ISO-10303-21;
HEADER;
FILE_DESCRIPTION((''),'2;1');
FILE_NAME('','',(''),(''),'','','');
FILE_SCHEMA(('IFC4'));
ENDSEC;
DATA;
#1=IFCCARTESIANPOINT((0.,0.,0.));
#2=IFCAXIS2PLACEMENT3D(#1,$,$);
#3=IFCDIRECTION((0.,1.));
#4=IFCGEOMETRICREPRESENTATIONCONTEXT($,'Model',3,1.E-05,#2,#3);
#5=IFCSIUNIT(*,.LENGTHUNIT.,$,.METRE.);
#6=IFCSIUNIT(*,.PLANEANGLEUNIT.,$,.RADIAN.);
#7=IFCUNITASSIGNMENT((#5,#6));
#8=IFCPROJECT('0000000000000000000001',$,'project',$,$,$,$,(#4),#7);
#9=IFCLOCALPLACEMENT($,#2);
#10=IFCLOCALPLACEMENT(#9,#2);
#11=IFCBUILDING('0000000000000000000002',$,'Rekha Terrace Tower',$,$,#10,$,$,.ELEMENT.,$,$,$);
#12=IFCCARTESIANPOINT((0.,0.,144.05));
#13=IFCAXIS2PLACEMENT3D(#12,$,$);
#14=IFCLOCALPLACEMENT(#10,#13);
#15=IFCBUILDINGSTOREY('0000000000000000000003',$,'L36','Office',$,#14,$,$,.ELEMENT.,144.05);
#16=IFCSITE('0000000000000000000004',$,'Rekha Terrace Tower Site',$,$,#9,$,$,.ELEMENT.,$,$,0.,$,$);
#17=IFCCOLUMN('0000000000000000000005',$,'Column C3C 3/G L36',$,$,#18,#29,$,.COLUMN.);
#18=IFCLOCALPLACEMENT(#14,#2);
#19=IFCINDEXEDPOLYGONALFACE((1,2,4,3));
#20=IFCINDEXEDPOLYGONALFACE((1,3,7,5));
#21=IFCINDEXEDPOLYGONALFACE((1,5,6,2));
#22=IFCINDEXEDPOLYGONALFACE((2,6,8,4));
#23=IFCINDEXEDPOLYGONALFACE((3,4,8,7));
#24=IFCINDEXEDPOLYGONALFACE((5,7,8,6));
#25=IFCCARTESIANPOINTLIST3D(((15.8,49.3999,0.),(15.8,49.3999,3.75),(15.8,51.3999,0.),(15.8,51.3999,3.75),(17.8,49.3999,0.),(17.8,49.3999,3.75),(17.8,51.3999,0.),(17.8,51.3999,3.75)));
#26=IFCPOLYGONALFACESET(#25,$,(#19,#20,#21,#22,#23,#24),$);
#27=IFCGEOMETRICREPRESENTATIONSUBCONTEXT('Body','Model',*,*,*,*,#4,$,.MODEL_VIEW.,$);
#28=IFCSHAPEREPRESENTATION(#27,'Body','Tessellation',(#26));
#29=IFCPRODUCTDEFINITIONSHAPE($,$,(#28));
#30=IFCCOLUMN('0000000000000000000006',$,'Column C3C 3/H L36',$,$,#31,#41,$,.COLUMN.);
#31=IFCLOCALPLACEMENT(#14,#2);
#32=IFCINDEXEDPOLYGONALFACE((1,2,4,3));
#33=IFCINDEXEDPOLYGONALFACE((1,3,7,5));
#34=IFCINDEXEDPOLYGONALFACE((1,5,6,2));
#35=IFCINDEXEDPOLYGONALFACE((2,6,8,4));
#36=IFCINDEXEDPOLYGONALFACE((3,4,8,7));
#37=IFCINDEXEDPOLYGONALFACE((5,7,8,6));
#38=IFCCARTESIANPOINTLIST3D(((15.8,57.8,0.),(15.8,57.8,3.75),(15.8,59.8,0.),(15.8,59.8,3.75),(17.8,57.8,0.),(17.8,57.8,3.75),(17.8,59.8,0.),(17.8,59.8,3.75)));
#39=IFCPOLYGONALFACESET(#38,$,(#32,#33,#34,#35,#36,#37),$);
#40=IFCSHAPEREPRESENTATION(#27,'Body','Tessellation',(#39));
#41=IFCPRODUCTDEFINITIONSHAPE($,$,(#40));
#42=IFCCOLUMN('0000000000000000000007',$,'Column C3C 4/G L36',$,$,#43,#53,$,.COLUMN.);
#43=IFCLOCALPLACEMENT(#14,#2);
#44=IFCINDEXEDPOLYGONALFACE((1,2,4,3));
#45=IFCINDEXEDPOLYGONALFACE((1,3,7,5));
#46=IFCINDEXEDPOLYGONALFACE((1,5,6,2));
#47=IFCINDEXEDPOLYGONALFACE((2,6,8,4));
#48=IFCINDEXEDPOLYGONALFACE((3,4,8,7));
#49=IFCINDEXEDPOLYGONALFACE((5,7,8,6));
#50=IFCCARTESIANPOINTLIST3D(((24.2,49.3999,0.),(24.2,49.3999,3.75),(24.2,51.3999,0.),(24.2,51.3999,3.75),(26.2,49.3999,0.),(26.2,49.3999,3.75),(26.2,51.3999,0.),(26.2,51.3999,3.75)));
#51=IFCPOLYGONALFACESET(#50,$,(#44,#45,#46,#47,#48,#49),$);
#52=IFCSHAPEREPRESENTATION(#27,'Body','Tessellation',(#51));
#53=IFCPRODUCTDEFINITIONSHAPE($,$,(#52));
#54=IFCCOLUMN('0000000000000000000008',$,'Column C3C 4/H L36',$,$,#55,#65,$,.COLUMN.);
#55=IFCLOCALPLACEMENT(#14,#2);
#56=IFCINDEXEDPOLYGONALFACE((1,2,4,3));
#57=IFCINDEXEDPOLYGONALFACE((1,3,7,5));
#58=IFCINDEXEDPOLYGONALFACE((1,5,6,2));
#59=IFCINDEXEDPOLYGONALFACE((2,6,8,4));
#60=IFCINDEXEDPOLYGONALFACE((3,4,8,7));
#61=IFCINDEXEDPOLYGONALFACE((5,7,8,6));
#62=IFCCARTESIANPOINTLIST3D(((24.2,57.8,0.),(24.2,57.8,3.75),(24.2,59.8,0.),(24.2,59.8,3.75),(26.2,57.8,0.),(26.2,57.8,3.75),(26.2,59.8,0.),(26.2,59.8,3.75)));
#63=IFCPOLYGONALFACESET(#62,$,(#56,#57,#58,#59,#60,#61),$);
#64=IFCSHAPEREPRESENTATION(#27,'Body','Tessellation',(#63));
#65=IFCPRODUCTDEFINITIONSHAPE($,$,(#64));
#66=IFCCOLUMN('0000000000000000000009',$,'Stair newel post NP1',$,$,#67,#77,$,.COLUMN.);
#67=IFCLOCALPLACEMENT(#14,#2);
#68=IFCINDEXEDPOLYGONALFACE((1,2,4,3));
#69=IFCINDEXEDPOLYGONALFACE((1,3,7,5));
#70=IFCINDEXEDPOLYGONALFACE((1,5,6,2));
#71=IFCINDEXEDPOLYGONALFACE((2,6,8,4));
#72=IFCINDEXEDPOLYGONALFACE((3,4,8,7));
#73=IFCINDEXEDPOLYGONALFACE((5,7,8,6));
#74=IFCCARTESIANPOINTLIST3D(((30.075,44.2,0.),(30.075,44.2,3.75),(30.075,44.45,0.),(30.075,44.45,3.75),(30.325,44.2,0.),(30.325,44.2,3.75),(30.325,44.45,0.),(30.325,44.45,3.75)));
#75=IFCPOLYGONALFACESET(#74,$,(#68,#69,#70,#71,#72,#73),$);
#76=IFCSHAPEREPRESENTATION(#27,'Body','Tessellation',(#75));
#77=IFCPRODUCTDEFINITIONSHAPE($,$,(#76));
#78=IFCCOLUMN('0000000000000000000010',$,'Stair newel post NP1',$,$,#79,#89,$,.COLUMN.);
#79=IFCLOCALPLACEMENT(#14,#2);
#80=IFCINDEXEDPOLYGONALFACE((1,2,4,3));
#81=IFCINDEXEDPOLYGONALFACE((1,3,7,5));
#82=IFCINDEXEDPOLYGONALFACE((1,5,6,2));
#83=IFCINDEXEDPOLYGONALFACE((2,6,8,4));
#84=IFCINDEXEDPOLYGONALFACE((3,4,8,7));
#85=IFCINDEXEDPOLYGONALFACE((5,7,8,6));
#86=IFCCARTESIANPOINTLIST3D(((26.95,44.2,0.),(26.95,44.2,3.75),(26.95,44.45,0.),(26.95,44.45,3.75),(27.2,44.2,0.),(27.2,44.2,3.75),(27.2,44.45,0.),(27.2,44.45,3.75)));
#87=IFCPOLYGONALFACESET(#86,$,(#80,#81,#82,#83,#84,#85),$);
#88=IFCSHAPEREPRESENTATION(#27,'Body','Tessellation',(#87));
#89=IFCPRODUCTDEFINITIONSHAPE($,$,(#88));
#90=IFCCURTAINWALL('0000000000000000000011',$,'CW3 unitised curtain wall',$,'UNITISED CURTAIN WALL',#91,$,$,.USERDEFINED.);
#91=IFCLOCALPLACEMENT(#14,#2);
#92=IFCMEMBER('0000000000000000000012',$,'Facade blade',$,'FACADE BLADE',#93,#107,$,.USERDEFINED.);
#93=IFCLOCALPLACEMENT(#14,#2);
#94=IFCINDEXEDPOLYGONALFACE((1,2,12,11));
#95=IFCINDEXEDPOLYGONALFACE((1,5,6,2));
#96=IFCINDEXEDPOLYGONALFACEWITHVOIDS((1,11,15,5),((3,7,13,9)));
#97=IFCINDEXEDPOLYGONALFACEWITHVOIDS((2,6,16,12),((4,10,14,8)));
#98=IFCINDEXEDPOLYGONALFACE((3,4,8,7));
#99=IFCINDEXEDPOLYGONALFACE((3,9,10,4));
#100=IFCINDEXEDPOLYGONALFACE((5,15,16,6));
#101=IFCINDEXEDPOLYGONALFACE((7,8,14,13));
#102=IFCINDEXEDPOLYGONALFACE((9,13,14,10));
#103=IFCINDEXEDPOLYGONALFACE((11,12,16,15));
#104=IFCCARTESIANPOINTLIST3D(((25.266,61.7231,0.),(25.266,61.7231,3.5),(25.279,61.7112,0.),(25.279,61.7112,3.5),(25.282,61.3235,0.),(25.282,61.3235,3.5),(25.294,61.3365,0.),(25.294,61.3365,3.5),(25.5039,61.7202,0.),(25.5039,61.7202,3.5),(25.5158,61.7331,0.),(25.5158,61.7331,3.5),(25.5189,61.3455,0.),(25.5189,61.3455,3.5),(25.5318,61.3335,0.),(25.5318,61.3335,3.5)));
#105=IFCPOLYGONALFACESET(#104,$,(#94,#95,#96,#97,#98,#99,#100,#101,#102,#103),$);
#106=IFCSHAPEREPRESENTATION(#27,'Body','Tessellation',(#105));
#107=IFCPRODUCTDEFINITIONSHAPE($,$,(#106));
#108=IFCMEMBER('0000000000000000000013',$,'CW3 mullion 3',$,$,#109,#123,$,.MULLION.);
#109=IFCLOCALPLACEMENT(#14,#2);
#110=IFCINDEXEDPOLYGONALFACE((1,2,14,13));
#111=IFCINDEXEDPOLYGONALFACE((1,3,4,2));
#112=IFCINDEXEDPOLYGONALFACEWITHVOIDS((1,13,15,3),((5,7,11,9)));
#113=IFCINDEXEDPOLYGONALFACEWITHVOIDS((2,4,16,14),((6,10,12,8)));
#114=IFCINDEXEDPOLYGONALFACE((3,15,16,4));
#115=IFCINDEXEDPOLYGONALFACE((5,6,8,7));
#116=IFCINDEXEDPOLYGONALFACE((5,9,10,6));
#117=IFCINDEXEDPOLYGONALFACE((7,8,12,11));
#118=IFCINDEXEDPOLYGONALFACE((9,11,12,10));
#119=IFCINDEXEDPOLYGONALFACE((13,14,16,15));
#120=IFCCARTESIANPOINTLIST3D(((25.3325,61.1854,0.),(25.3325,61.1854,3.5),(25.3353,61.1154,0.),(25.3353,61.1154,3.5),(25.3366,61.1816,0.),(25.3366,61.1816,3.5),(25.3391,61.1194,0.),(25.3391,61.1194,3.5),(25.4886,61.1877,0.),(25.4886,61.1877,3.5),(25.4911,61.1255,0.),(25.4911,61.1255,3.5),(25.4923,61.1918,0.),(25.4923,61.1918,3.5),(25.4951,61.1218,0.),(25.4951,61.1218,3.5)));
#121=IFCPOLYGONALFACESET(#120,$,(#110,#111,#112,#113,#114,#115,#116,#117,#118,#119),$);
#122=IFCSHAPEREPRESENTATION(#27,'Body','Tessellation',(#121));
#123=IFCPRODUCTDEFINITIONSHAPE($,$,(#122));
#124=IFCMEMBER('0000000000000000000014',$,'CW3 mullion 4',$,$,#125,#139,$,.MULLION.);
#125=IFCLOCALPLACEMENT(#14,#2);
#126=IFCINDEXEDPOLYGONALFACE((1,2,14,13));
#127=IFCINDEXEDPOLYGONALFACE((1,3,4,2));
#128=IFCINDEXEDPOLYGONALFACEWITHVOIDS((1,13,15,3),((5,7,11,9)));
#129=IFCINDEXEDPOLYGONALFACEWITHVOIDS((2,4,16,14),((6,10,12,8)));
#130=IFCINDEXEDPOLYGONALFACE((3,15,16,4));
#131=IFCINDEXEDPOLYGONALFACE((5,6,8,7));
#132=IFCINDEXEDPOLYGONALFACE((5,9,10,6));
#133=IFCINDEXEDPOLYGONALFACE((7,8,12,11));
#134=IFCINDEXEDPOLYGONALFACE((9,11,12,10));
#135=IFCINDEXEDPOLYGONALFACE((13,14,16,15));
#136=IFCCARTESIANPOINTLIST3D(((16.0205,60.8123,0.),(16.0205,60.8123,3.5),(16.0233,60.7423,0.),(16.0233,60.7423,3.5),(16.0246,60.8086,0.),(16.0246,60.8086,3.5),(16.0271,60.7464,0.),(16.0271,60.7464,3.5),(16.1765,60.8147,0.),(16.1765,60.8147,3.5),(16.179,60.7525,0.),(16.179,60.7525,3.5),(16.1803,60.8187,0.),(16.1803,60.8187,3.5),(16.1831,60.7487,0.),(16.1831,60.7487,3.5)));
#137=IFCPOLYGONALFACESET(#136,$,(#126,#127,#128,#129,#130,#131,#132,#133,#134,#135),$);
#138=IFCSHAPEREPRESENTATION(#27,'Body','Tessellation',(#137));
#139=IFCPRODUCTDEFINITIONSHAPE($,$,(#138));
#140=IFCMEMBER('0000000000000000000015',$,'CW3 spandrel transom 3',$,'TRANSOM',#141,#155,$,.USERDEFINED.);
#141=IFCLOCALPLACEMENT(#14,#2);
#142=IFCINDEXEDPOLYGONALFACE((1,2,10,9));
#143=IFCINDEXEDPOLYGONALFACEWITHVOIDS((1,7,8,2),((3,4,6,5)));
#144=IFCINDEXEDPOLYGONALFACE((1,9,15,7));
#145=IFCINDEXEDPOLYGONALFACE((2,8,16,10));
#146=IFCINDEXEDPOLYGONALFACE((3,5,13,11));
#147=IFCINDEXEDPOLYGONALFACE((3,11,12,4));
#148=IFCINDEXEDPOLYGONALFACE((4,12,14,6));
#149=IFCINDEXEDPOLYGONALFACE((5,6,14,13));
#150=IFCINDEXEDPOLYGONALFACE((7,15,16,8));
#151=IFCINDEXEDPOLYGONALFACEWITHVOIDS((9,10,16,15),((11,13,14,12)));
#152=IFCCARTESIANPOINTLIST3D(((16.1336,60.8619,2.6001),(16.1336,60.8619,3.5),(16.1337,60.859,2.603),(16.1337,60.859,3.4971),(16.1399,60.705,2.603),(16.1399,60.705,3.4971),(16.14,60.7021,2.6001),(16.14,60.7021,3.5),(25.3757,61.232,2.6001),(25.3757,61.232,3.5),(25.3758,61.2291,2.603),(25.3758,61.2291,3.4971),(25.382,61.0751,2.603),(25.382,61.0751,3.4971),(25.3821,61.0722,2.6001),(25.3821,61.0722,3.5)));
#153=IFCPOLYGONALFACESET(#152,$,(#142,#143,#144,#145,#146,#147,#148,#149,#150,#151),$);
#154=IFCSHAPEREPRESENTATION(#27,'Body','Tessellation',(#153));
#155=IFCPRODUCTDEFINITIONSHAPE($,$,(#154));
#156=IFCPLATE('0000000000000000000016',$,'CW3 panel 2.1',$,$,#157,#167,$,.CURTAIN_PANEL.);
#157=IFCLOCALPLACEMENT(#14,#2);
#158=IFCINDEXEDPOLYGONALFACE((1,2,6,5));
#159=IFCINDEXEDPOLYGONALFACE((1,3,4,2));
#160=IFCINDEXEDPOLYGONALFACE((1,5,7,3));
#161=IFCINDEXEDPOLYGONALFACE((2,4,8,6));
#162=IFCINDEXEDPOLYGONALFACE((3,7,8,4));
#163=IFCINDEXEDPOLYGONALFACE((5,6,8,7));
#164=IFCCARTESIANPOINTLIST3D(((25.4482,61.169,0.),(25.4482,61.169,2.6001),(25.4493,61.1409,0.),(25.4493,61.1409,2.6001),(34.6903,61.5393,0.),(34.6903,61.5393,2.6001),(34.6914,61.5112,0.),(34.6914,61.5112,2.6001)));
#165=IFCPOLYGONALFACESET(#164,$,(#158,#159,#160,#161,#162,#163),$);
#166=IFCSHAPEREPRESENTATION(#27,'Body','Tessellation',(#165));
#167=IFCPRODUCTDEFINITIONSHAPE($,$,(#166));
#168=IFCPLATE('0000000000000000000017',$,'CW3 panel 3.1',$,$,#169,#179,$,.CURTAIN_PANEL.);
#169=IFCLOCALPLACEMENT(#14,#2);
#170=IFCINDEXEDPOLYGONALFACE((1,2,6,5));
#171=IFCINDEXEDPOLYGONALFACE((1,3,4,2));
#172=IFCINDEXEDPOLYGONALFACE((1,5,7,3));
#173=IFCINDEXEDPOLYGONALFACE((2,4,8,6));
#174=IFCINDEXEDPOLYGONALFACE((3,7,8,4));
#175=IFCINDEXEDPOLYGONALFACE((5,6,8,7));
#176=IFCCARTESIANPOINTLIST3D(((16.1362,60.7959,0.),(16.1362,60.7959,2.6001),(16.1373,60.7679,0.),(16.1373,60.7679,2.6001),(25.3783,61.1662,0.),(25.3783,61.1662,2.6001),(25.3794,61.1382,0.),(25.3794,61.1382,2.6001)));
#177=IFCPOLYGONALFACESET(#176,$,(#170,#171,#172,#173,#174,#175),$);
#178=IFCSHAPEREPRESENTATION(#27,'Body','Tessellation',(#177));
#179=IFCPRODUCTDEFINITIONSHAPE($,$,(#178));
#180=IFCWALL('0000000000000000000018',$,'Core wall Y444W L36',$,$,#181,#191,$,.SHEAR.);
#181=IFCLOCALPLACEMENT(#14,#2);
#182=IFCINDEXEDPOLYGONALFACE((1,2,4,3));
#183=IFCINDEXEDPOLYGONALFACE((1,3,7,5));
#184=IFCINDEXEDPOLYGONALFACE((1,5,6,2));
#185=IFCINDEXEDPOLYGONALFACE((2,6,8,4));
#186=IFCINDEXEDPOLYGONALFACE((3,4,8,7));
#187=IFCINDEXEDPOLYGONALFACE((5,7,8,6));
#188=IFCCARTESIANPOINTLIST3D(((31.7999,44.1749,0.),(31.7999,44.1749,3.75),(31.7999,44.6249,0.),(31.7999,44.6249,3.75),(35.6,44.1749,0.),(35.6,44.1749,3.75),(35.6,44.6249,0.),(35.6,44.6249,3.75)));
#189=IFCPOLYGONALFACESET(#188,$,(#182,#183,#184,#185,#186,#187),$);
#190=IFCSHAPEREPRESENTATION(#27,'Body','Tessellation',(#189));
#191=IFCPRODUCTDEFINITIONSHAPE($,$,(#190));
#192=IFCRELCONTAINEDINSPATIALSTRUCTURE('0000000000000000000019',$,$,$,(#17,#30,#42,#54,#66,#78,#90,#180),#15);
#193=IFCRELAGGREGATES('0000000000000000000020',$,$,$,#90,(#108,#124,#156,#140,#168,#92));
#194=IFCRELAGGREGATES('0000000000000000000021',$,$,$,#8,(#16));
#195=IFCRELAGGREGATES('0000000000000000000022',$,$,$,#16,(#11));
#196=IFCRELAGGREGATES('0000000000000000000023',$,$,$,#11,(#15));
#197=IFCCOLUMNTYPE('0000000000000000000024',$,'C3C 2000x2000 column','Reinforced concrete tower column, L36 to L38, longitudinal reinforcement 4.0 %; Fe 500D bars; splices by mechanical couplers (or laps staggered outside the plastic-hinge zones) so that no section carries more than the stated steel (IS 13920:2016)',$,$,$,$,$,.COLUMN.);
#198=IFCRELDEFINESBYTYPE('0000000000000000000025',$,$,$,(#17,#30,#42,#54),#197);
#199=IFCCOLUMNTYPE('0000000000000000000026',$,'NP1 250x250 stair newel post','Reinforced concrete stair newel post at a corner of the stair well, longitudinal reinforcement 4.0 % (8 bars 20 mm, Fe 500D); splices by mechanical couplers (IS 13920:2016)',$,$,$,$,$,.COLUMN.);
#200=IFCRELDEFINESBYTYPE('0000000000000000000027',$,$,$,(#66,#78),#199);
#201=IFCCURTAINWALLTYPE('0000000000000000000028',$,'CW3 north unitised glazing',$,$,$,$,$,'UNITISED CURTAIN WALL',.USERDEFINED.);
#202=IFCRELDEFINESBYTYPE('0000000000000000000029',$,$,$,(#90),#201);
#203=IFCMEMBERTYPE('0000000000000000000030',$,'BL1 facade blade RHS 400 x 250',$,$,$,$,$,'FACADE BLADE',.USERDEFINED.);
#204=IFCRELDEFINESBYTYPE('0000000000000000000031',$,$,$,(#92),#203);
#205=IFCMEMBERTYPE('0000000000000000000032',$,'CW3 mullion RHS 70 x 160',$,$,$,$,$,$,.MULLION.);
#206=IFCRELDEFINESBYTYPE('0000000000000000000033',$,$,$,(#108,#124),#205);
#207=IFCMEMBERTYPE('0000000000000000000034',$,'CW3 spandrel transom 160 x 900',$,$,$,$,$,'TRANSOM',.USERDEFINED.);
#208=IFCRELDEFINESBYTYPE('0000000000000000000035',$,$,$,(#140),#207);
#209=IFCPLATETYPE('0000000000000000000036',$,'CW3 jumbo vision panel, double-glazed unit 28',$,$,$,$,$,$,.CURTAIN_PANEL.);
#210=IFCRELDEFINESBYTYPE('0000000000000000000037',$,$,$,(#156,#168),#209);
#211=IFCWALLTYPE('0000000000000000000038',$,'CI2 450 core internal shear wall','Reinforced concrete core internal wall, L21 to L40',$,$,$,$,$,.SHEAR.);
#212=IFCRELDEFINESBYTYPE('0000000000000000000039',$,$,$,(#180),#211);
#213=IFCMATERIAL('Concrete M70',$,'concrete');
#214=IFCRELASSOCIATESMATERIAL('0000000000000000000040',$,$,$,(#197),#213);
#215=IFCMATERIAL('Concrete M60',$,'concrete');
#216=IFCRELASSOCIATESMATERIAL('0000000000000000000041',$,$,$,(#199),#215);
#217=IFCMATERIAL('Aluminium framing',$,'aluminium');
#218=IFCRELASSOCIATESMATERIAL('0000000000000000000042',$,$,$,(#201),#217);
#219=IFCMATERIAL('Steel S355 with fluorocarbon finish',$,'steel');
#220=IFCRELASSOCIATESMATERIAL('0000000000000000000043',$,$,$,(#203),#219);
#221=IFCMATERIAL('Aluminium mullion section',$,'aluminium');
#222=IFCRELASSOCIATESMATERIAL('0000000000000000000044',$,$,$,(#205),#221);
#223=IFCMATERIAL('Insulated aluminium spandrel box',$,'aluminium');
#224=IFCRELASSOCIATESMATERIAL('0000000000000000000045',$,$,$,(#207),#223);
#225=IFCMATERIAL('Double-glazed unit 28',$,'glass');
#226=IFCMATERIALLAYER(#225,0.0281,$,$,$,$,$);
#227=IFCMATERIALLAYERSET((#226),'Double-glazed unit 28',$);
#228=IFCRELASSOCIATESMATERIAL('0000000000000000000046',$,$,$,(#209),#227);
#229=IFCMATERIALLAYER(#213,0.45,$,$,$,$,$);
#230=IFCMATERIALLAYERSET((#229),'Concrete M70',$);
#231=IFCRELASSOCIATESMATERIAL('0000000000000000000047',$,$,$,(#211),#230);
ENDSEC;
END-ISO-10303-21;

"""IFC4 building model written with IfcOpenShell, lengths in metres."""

from ifc_helpers import new_model, si_unit, direction, frame, frame_2d, origin, origin_2d, place, context, subcontext, project, spatial, rectangle, hollow_rectangle, extrude, material, layer, layer_set, material_profile, profile_set, type_object, element, aggregate, save


model = new_model("IFC4")

# Units and contexts
model_context = context("Model", 3, precision=1e-05, world=origin(), true_north=direction((0.0, 1.0)))
body_context = subcontext(model_context, "Body", "Model", "MODEL_VIEW")
ifc_project = project(units=[si_unit("LENGTHUNIT", "METRE"), si_unit("PLANEANGLEUNIT", "RADIAN")], contexts=[model_context])

# Site, building, storey
site_placement = place(None, origin())
site = spatial("IfcSite", under=ifc_project, at=site_placement, Name="Rekha Terrace Tower Site", CompositionType="ELEMENT", RefElevation=0.0)
building_placement = place(site_placement, origin())
building = spatial("IfcBuilding", under=site, at=building_placement, Name="Rekha Terrace Tower", CompositionType="ELEMENT")
storey_placement = place(building_placement, frame((0.0, 0.0, 144.05)))
storey = spatial("IfcBuildingStorey", under=building, at=storey_placement, Name="L36", Description="Office", CompositionType="ELEMENT", Elevation=144.05)

# Columns
ifc_material_1 = material(Name="Concrete M70", Category="concrete")
ifc_material_profile_1 = material_profile(ifc_material_1, rectangle(XDim=2.0, YDim=2.0, at=origin_2d()), Name="RC 2000x2000")
ifc_profile_set_1 = profile_set([ifc_material_profile_1], Name="Concrete M70")
column_type_1 = type_object("IfcColumnType", Name="C3C 2000x2000 column", Description="Reinforced concrete tower column, L36 to L38, longitudinal reinforcement 4.0 %; Fe 500D bars; splices by mechanical couplers (or laps staggered outside the plastic-hinge zones) so that no section carries more than the stated steel (IS 13920:2016)", PredefinedType="COLUMN", material=ifc_profile_set_1)
for number, where, z_axis, x_axis, name in (
    (1, (16.8, 50.3999, 0.0), (0.0, 0.0, 1.0), (1.0, 0.0, 0.0), "Column C3C 3/G L36"),
    (2, (16.8, 58.8, 0.0), (0.0, 0.0, 1.0), (1.0, 0.0, 0.0), "Column C3C 3/H L36"),
    (3, (25.2, 50.3999, 0.0), (0.0, 0.0, 1.0), (1.0, 0.0, 0.0), "Column C3C 4/G L36"),
    (4, (25.2, 58.8, 0.0), (0.0, 0.0, 1.0), (1.0, 0.0, 0.0), "Column C3C 4/H L36"),
):
    element("IfcColumn", number, at=place(storey_placement, frame(where, z_axis=z_axis, x_axis=x_axis)), inside=storey, type_object=column_type_1, Name=name, PredefinedType="COLUMN", context=body_context, shape_type="SweptSolid", body=[
        extrude(rectangle(XDim=2.0, YDim=2.0, at=origin_2d()), origin(), (0.0, 0.0, 1.0), 3.75),
    ])
ifc_material_2 = material(Name="Concrete M60", Category="concrete")
ifc_material_profile_2 = material_profile(ifc_material_2, rectangle(XDim=0.25, YDim=0.25, at=origin_2d()), Name="RC 250x250")
ifc_profile_set_2 = profile_set([ifc_material_profile_2], Name="Concrete M60")
column_type_2 = type_object("IfcColumnType", Name="NP1 250x250 stair newel post", Description="Reinforced concrete stair newel post at a corner of the stair well, longitudinal reinforcement 4.0 % (8 bars 20 mm, Fe 500D); splices by mechanical couplers (IS 13920:2016)", PredefinedType="COLUMN", material=ifc_profile_set_2)
for number, where, z_axis, x_axis, name in (
    (5, (30.2, 44.325, 0.0), (0.0, 0.0, 1.0), (1.0, 0.0, 0.0), "Stair newel post NP1"),
    (6, (27.075, 44.325, 0.0), (0.0, 0.0, 1.0), (1.0, 0.0, 0.0), "Stair newel post NP1"),
):
    element("IfcColumn", number, at=place(storey_placement, frame(where, z_axis=z_axis, x_axis=x_axis)), inside=storey, type_object=column_type_2, Name=name, PredefinedType="COLUMN", context=body_context, shape_type="SweptSolid", body=[
        extrude(rectangle(XDim=0.25, YDim=0.25, at=origin_2d()), origin(), (0.0, 0.0, 1.0), 3.75),
    ])

# Curtain wall, members, plates
ifc_material_3 = material(Name="Aluminium framing", Category="aluminium")
curtain_wall_type = type_object("IfcCurtainWallType", Name="CW3 north unitised glazing", ElementType="UNITISED CURTAIN WALL", PredefinedType="USERDEFINED", material=ifc_material_3)
curtain_wall_placement = place(storey_placement, origin())
curtain_wall = element("IfcCurtainWall", 7, at=curtain_wall_placement, inside=storey, type_object=curtain_wall_type, Name="CW3 unitised curtain wall", ObjectType="UNITISED CURTAIN WALL", PredefinedType="USERDEFINED")
ifc_material_4 = material(Name="Steel S355 with fluorocarbon finish", Category="steel")
ifc_material_profile_3 = material_profile(ifc_material_4, hollow_rectangle(XDim=0.25, YDim=0.3999, WallThickness=0.0125, at=origin_2d()), Name="RHS400x250x12.5")
ifc_profile_set_3 = profile_set([ifc_material_profile_3], Name="Steel S355 with fluorocarbon finish")
member_type_1 = type_object("IfcMemberType", Name="BL1 facade blade RHS 400 x 250", ElementType="FACADE BLADE", PredefinedType="USERDEFINED", material=ifc_profile_set_3)
member_1_placement = place(storey_placement, frame((25.3989, 61.5283, 0.0), z_axis=(0.0, 0.0, 1.0), x_axis=(-0.999198, -0.040032, 0.0)))
member_1 = element("IfcMember", 8, at=member_1_placement, type_object=member_type_1, Name="Facade blade", ObjectType="FACADE BLADE", PredefinedType="USERDEFINED", context=body_context, shape_type="SweptSolid", body=[
    extrude(hollow_rectangle(XDim=0.25, YDim=0.3999, WallThickness=0.0125, at=origin_2d()), origin(), (0.0, 0.0, 1.0), 3.5),
])
ifc_material_5 = material(Name="Aluminium mullion section", Category="aluminium")
ifc_material_profile_4 = material_profile(ifc_material_5, hollow_rectangle(XDim=0.0701, YDim=0.1599, WallThickness=0.0039, at=origin_2d()), Name="AL RHS 70x160")
ifc_profile_set_4 = profile_set([ifc_material_profile_4], Name="Aluminium mullion section")
member_type_2 = type_object("IfcMemberType", Name="CW3 mullion RHS 70 x 160", PredefinedType="MULLION", material=ifc_profile_set_4)
member_2_placement = place(storey_placement, frame((25.4138, 61.1536, 0.0), z_axis=(0.0, 0.0, 1.0), x_axis=(0.040032, -0.999198, 0.0)))
member_2 = element("IfcMember", 9, at=member_2_placement, type_object=member_type_2, Name="CW3 mullion 3", PredefinedType="MULLION", context=body_context, shape_type="SweptSolid", body=[
    extrude(hollow_rectangle(XDim=0.0701, YDim=0.1599, WallThickness=0.0039, at=origin_2d()), origin(), (0.0, 0.0, 1.0), 3.5),
])
member_3_placement = place(storey_placement, frame((16.1018, 60.7805, 0.0), z_axis=(0.0, 0.0, 1.0), x_axis=(0.040032, -0.999198, 0.0)))
member_3 = element("IfcMember", 10, at=member_3_placement, type_object=member_type_2, Name="CW3 mullion 4", PredefinedType="MULLION", context=body_context, shape_type="SweptSolid", body=[
    extrude(hollow_rectangle(XDim=0.0701, YDim=0.1599, WallThickness=0.0039, at=origin_2d()), origin(), (0.0, 0.0, 1.0), 3.5),
])
ifc_material_6 = material(Name="Insulated aluminium spandrel box", Category="aluminium")
ifc_material_profile_5 = material_profile(ifc_material_6, hollow_rectangle(XDim=0.1599, YDim=0.8999, WallThickness=0.0029, at=origin_2d()), Name="AL SPANDREL BOX 160x900")
ifc_profile_set_5 = profile_set([ifc_material_profile_5], Name="Insulated aluminium spandrel box")
member_type_3 = type_object("IfcMemberType", Name="CW3 spandrel transom 160 x 900", ElementType="TRANSOM", PredefinedType="USERDEFINED", material=ifc_profile_set_5)
member_4_placement = place(storey_placement, frame((25.3789, 61.1521, 3.05), z_axis=(-0.999199, -0.040014, 0.0), x_axis=(0.040014, -0.999199, 0.0)))
member_4 = element("IfcMember", 11, at=member_4_placement, type_object=member_type_3, Name="CW3 spandrel transom 3", ObjectType="TRANSOM", PredefinedType="USERDEFINED", context=body_context, shape_type="SweptSolid", body=[
    extrude(hollow_rectangle(XDim=0.1599, YDim=0.8999, WallThickness=0.0029, at=origin_2d()), origin(), (0.0, 0.0, 1.0), 9.2495),
])
ifc_material_7 = material(Name="Double-glazed unit 28", Category="glass")
ifc_layer_1 = layer(ifc_material_7, 0.0281)
ifc_layer_set_1 = layer_set([ifc_layer_1], Name="Double-glazed unit 28")
plate_type = type_object("IfcPlateType", Name="CW3 jumbo vision panel, double-glazed unit 28", PredefinedType="CURTAIN_PANEL", material=ifc_layer_set_1)
plate_1_placement = place(storey_placement, frame((30.0698, 61.3401, 0.0), z_axis=(0.0, 0.0, 1.0), x_axis=(-0.999198, -0.040032, 0.0)))
plate_1 = element("IfcPlate", 12, at=plate_1_placement, type_object=plate_type, Name="CW3 panel 2.1", PredefinedType="CURTAIN_PANEL", context=body_context, shape_type="SweptSolid", body=[
    extrude(rectangle(XDim=9.2495, YDim=0.0281, at=origin_2d()), origin(), (0.0, 0.0, 1.0), 2.6001),
])
plate_2_placement = place(storey_placement, frame((20.7578, 60.967, 0.0), z_axis=(0.0, 0.0, 1.0), x_axis=(-0.999198, -0.040032, 0.0)))
plate_2 = element("IfcPlate", 13, at=plate_2_placement, type_object=plate_type, Name="CW3 panel 3.1", PredefinedType="CURTAIN_PANEL", context=body_context, shape_type="SweptSolid", body=[
    extrude(rectangle(XDim=9.2495, YDim=0.0281, at=origin_2d()), origin(), (0.0, 0.0, 1.0), 2.6001),
])
aggregate(curtain_wall, [member_2, member_3, plate_1, member_4, plate_2, member_1])

# Wall
ifc_layer_2 = layer(ifc_material_1, 0.45)
ifc_layer_set_2 = layer_set([ifc_layer_2], Name="Concrete M70")
wall_type_1 = type_object("IfcWallType", Name="CI2 450 core internal shear wall", Description="Reinforced concrete core internal wall, L21 to L40", PredefinedType="SHEAR", material=ifc_layer_set_2)
wall_1_placement = place(storey_placement, frame((31.8, 44.3999, 0.0), z_axis=(0.0, 0.0, 1.0), x_axis=(1.0, 0.0, 0.0)))
element("IfcWall", 14, at=wall_1_placement, inside=storey, type_object=wall_type_1, Name="Core wall Y444W L36", PredefinedType="SHEAR", context=body_context, shape_type="SweptSolid", body=[
    extrude(rectangle(XDim=3.8, YDim=0.45, at=frame_2d((1.8999, 0.0))), origin(), (0.0, 0.0, 1.0), 3.75),
])

save(model, "model.ifc")
